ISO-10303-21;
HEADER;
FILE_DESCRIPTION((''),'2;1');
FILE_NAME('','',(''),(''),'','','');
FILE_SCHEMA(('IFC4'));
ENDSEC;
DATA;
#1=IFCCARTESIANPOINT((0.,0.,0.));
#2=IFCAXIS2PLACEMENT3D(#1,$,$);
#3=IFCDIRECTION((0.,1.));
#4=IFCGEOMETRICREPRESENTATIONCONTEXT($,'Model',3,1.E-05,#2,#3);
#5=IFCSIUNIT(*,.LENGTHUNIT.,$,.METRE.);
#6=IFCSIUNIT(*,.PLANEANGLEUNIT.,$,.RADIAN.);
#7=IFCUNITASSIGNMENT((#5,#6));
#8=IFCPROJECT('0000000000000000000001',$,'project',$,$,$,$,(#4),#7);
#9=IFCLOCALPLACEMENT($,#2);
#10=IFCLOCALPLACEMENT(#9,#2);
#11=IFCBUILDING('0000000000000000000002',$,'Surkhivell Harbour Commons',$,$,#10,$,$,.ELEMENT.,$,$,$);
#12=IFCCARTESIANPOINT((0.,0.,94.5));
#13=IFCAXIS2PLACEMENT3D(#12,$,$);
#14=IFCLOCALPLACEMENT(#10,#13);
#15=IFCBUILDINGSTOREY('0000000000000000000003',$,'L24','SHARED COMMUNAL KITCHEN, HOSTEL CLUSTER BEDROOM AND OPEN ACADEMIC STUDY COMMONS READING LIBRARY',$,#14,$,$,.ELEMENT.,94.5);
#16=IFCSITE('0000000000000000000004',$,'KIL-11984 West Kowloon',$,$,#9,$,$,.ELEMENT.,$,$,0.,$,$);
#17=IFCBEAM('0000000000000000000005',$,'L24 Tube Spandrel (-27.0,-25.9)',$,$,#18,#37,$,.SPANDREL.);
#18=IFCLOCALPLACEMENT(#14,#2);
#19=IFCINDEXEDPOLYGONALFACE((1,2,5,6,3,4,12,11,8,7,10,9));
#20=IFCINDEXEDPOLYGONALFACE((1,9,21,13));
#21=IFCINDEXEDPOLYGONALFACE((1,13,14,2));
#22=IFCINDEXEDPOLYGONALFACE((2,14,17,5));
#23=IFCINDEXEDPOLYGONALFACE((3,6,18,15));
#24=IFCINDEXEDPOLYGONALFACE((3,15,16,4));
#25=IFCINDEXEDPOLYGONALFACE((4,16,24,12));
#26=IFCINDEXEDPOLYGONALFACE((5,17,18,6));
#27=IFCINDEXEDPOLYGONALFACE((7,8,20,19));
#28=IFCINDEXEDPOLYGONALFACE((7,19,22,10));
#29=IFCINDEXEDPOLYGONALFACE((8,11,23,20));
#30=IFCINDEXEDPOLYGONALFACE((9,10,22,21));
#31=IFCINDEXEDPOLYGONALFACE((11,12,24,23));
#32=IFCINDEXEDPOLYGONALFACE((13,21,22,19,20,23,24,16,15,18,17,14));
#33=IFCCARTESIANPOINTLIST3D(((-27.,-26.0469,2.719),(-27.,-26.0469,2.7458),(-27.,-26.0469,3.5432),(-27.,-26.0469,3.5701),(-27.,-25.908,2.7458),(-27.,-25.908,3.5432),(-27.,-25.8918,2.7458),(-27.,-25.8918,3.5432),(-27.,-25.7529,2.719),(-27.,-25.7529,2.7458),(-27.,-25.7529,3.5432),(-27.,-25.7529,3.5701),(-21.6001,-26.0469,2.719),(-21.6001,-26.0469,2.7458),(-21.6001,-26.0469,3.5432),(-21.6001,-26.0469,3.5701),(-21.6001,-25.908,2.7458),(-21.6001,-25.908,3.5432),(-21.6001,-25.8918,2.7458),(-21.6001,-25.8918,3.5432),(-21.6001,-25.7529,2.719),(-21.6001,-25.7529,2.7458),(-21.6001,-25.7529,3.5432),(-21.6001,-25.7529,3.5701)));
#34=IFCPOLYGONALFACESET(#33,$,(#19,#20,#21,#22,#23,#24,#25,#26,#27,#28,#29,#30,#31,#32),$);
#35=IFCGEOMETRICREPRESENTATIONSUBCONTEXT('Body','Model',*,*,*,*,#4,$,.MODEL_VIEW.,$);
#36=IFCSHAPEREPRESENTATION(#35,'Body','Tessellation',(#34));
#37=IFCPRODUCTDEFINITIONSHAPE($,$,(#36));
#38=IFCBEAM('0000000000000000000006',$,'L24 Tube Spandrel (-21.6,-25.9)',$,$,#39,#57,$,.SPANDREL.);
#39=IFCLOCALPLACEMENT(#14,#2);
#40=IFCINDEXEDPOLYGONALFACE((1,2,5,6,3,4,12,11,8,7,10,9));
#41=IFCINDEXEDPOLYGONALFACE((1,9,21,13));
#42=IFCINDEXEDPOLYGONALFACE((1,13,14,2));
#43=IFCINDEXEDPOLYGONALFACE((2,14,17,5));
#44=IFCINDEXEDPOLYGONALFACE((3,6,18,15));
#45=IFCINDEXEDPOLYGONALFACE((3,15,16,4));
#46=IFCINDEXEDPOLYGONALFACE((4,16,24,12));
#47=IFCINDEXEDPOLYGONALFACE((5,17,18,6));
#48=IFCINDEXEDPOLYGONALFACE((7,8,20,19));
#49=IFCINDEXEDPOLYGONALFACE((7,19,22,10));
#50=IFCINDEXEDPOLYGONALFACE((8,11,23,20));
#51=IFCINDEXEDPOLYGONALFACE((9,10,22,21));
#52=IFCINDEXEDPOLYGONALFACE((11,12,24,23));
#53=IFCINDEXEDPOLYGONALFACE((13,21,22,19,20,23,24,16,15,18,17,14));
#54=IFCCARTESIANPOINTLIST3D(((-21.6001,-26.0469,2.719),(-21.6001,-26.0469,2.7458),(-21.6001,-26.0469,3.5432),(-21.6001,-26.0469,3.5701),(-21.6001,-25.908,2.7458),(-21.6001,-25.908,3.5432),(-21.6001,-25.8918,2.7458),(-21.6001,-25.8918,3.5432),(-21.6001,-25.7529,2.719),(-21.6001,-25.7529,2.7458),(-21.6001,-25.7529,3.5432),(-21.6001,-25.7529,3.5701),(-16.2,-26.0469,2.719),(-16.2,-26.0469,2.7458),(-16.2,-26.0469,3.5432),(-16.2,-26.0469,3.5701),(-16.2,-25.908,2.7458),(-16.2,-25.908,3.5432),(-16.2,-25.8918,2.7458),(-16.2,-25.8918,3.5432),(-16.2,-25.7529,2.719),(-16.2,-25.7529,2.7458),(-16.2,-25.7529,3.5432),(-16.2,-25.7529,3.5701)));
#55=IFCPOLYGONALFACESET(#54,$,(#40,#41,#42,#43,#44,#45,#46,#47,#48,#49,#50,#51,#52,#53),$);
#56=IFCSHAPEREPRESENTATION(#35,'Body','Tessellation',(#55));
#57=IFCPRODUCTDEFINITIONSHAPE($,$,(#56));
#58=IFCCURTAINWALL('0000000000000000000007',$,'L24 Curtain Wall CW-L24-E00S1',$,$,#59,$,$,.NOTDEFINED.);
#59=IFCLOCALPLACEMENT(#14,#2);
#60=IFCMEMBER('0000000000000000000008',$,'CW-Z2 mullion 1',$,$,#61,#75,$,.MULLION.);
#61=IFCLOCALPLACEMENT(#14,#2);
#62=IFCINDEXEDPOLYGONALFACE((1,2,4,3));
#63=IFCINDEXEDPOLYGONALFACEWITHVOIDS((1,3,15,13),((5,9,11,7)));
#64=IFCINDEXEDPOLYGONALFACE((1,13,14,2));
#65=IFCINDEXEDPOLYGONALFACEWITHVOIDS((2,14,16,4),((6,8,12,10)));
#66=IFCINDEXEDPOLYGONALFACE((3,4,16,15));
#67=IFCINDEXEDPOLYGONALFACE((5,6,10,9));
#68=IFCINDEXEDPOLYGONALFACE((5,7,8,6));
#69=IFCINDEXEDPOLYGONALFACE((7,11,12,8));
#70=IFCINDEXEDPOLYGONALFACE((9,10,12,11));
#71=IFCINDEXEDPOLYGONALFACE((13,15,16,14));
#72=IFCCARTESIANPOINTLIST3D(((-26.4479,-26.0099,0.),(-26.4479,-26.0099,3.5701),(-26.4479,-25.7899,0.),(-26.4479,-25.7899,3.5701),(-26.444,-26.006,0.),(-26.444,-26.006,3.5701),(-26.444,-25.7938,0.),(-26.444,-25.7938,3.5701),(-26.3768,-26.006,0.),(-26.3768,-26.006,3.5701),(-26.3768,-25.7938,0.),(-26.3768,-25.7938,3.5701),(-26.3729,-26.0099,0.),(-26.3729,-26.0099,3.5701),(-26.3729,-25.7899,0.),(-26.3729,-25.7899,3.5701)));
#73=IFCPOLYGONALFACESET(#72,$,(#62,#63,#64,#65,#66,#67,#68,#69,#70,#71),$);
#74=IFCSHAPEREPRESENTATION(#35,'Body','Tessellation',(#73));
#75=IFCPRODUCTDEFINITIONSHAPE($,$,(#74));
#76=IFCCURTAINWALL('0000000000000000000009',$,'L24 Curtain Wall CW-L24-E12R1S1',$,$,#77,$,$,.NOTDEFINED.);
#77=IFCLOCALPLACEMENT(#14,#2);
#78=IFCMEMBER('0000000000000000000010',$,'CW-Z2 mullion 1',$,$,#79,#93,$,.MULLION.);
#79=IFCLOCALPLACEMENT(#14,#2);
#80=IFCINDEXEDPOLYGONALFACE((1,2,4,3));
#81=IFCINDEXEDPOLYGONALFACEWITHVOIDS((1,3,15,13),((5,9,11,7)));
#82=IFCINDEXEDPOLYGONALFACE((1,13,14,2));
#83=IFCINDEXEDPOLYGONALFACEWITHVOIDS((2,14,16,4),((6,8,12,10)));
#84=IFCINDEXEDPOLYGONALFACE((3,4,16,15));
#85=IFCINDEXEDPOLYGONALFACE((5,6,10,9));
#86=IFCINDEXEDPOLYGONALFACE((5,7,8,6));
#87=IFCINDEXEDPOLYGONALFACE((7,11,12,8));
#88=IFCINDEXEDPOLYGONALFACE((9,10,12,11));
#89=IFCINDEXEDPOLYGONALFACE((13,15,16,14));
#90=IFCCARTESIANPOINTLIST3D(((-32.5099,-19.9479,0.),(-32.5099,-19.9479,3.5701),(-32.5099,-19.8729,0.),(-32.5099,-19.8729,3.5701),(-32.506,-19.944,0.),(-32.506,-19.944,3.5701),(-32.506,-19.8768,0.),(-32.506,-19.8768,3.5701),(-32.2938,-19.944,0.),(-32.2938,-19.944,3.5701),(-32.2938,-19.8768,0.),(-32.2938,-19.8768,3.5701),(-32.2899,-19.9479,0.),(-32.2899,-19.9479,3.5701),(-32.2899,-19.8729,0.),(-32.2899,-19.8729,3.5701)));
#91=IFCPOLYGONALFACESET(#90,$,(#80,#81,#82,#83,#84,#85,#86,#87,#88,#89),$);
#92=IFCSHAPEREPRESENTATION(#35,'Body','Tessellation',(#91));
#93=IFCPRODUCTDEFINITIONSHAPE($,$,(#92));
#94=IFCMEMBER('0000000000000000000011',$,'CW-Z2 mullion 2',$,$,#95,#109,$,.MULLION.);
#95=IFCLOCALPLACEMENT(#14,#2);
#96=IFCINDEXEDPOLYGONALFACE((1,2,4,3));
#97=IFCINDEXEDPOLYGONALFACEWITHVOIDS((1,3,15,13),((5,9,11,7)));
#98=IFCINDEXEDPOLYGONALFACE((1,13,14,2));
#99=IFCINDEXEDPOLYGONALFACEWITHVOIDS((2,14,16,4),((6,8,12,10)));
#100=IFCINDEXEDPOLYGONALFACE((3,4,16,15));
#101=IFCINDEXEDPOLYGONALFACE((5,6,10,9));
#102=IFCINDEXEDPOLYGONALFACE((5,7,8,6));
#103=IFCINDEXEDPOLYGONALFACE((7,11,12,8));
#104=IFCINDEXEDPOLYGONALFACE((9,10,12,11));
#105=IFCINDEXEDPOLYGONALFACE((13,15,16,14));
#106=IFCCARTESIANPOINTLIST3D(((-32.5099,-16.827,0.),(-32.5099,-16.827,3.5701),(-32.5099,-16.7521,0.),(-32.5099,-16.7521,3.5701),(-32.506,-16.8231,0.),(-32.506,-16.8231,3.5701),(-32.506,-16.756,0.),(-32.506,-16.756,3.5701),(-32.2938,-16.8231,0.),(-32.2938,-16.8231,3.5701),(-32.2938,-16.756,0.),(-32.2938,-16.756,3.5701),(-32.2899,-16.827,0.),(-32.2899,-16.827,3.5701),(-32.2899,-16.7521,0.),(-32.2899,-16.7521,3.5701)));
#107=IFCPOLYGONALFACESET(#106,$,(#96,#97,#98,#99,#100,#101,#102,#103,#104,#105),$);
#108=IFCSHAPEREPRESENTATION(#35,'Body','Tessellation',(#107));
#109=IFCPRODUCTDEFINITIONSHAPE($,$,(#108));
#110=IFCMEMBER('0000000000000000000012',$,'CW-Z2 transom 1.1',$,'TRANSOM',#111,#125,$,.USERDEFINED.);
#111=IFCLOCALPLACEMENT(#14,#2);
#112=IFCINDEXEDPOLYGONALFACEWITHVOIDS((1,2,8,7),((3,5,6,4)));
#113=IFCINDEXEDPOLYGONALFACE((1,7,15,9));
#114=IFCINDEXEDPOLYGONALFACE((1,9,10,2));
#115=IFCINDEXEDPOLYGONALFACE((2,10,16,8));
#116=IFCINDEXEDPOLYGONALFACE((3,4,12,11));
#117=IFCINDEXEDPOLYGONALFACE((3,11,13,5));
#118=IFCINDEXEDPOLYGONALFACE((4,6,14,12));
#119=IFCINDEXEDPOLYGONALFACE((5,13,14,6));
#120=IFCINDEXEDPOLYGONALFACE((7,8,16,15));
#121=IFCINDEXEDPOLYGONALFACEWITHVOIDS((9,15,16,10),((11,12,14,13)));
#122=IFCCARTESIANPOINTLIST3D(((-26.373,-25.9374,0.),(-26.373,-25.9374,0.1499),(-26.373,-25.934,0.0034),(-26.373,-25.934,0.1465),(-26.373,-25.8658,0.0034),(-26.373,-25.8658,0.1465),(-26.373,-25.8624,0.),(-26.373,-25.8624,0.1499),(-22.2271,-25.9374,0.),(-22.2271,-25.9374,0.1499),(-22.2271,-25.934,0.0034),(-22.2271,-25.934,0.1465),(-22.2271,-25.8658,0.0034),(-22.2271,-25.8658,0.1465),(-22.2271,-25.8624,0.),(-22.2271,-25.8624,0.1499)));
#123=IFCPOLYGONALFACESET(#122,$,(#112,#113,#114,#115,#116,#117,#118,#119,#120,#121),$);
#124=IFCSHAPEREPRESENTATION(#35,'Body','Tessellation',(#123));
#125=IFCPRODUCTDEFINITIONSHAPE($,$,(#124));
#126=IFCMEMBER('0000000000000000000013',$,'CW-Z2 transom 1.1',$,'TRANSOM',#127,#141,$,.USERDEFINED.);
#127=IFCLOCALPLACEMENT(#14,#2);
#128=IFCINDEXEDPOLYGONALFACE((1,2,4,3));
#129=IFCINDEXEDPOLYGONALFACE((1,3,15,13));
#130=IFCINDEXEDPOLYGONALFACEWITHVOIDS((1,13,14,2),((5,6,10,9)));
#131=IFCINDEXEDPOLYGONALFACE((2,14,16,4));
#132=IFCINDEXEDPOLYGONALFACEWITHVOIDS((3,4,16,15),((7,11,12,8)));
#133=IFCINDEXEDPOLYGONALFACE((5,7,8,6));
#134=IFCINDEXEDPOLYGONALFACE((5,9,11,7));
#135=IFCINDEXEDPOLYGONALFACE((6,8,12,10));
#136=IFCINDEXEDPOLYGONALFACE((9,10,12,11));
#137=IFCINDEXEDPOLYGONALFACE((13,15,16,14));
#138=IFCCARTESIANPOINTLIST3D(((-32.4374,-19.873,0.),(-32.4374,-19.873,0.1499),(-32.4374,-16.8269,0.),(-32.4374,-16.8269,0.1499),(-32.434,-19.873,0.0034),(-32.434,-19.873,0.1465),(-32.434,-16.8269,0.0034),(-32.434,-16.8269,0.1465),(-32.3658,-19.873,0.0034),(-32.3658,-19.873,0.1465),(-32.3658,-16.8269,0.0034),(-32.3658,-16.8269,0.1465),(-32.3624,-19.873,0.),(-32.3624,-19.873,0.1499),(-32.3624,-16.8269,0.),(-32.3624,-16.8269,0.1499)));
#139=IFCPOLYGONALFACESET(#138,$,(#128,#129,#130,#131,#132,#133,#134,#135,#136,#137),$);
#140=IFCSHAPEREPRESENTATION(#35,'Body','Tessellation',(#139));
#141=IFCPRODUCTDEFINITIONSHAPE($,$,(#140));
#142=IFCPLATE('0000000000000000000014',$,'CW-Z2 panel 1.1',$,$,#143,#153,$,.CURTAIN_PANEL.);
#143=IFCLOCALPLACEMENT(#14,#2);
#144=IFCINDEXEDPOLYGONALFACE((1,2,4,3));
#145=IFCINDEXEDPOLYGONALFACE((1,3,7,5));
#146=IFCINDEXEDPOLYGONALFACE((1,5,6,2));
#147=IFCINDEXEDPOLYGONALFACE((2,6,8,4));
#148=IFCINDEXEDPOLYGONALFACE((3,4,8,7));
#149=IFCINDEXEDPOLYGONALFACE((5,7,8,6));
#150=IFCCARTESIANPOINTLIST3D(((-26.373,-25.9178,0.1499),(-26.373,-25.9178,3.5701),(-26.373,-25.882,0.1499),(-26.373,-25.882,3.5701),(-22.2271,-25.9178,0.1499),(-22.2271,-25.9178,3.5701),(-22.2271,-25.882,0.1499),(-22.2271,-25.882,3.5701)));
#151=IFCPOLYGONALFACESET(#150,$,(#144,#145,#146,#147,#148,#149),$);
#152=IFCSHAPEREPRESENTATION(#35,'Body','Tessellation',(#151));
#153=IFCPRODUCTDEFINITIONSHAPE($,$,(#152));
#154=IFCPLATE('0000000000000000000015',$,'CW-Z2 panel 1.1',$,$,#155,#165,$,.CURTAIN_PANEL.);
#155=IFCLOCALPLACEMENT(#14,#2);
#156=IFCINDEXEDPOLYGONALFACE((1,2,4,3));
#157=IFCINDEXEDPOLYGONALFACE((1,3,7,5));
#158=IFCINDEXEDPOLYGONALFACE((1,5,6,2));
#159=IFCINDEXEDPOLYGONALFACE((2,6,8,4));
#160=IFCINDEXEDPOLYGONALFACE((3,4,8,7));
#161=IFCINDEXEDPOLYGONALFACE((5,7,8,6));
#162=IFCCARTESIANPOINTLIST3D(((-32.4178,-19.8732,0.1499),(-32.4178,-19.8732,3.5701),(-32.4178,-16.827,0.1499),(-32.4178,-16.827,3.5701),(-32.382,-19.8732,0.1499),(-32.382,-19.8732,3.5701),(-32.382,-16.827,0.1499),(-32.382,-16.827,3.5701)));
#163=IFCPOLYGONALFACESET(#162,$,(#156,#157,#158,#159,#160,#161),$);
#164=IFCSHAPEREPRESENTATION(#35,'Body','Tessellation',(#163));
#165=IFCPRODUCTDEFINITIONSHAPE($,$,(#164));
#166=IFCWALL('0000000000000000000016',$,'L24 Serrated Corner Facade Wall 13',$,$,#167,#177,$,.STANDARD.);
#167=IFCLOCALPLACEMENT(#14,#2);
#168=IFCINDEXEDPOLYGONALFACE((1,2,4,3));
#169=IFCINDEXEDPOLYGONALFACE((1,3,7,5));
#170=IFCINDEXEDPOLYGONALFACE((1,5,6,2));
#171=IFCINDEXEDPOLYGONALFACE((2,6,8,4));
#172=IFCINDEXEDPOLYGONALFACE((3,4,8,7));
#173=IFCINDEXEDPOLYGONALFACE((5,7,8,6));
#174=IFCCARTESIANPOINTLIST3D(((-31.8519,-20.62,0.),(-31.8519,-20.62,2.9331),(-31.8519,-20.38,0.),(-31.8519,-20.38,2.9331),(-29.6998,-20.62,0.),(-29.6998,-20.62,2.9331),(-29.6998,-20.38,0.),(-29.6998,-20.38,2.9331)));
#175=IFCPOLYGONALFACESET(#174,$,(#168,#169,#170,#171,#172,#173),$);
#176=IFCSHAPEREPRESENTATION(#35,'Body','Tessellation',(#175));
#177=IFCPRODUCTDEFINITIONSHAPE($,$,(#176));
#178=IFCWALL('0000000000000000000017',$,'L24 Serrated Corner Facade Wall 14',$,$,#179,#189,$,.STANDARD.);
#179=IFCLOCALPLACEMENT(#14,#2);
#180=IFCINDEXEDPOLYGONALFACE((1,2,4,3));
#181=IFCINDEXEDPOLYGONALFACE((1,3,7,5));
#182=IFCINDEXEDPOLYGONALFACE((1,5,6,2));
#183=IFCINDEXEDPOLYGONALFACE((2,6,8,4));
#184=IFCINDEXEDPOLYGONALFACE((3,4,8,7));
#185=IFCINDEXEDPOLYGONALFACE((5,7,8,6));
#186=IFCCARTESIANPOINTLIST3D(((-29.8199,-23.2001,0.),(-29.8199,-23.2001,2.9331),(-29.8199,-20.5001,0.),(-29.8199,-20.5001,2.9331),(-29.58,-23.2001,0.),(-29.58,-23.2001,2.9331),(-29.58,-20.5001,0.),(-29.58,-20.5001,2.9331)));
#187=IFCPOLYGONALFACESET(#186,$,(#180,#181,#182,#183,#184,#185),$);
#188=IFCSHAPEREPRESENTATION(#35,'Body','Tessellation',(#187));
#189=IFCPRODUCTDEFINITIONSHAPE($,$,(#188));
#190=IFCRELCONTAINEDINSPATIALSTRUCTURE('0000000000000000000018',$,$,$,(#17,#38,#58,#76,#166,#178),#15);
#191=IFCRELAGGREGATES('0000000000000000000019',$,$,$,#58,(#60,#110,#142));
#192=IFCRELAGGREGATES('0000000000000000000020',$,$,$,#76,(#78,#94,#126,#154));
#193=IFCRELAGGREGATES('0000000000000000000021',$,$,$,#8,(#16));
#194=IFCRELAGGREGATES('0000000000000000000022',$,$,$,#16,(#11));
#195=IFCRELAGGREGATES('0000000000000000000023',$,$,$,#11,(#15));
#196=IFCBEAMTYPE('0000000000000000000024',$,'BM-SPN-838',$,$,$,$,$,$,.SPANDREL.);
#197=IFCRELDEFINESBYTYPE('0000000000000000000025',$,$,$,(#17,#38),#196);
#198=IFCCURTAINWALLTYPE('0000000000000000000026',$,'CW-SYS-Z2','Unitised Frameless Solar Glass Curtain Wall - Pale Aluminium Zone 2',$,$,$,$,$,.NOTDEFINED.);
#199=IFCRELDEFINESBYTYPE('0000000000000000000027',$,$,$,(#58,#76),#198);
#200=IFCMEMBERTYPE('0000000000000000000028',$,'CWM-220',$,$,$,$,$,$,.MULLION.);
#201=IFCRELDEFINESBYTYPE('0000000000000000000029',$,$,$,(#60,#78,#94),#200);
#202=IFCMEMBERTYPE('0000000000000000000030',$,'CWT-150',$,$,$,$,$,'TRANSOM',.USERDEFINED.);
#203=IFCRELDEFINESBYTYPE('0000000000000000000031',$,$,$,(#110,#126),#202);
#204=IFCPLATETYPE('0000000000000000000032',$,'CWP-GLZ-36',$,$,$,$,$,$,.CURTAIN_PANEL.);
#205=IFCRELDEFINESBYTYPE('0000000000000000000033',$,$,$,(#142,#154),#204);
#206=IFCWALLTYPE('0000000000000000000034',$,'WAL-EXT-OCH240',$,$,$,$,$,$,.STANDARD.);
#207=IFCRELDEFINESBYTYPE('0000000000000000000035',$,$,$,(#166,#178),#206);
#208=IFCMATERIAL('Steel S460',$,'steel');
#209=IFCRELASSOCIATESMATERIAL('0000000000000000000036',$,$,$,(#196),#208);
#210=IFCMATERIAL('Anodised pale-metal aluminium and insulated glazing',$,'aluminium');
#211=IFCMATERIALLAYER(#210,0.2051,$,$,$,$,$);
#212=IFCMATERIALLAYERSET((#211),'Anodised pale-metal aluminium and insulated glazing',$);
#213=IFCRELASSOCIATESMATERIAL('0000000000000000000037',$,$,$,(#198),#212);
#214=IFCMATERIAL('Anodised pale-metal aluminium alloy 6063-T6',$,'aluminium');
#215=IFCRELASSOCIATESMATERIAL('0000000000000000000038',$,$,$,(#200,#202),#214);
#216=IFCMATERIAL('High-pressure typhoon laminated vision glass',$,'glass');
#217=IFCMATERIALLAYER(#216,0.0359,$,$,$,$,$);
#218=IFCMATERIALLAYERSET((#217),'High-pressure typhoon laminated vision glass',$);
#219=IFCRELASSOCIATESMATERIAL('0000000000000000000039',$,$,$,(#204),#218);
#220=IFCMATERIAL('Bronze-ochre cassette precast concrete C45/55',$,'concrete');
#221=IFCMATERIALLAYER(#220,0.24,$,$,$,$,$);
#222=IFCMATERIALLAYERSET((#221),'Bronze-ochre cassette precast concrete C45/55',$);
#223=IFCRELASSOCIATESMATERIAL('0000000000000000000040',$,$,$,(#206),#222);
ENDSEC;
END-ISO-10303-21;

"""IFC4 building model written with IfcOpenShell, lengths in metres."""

from ifc_helpers import new_model, si_unit, direction, frame, frame_2d, origin, origin_2d, place, context, subcontext, project, spatial, rectangle, hollow_rectangle, i_section, extrude, material, layer, layer_set, material_profile, profile_set, type_object, element, aggregate, save


model = new_model("IFC4")

# Units and contexts
model_context = context("Model", 3, precision=1e-05, world=origin(), true_north=direction((0.0, 1.0)))
body_context = subcontext(model_context, "Body", "Model", "MODEL_VIEW")
ifc_project = project(units=[si_unit("LENGTHUNIT", "METRE"), si_unit("PLANEANGLEUNIT", "RADIAN")], contexts=[model_context])

# Site, building, storey
site_placement = place(None, origin())
site = spatial("IfcSite", under=ifc_project, at=site_placement, Name="KIL-11984 West Kowloon", CompositionType="ELEMENT", RefElevation=0.0)
building_placement = place(site_placement, origin())
building = spatial("IfcBuilding", under=site, at=building_placement, Name="Surkhivell Harbour Commons", CompositionType="ELEMENT")
storey_placement = place(building_placement, frame((0.0, 0.0, 94.5)))
storey = spatial("IfcBuildingStorey", under=building, at=storey_placement, Name="L24", Description="SHARED COMMUNAL KITCHEN, HOSTEL CLUSTER BEDROOM AND OPEN ACADEMIC STUDY COMMONS READING LIBRARY", CompositionType="ELEMENT", Elevation=94.5)

# Beams
ifc_material_1 = material(Name="Steel S460", Category="steel")
ifc_material_profile_1 = material_profile(ifc_material_1, i_section(OverallWidth=0.2939, OverallDepth=0.8511, WebThickness=0.0161, FlangeThickness=0.0269, at=origin_2d()), Name="UB838x292x226")
ifc_profile_set_1 = profile_set([ifc_material_profile_1], Name="Steel S460")
beam_type_1 = type_object("IfcBeamType", Name="BM-SPN-838", PredefinedType="SPANDREL", material=ifc_profile_set_1)
for number, where, z_axis, x_axis, name in (
    (1, (-27.0, -25.8999, 3.1445), (1.0, 0.0, 0.0), (0.0, 1.0, 0.0), "L24 Tube Spandrel (-27.0,-25.9)"),
):
    element("IfcBeam", number, at=place(storey_placement, frame(where, z_axis=z_axis, x_axis=x_axis)), inside=storey, type_object=beam_type_1, Name=name, PredefinedType="SPANDREL", context=body_context, shape_type="SweptSolid", body=[
        extrude(i_section(OverallWidth=0.2939, OverallDepth=0.8511, WebThickness=0.0161, FlangeThickness=0.0269, at=origin_2d()), origin(), (0.0, 0.0, 1.0), 5.3999),
    ])
beam_1_placement = place(storey_placement, frame((-21.6001, -25.8999, 3.1445), z_axis=(1.0, 0.0, 0.0), x_axis=(0.0, 1.0, 0.0)))
element("IfcBeam", 2, at=beam_1_placement, inside=storey, type_object=beam_type_1, Name="L24 Tube Spandrel (-21.6,-25.9)", PredefinedType="SPANDREL", context=body_context, shape_type="SweptSolid", body=[
    extrude(i_section(OverallWidth=0.2939, OverallDepth=0.8511, WebThickness=0.0161, FlangeThickness=0.0269, at=origin_2d()), origin(), (0.0, 0.0, 1.0), 5.4001),
])

# Curtain wall, member
ifc_material_2 = material(Name="Anodised pale-metal aluminium and insulated glazing", Category="aluminium")
ifc_layer_1 = layer(ifc_material_2, 0.2051)
ifc_layer_set_1 = layer_set([ifc_layer_1], Name="Anodised pale-metal aluminium and insulated glazing")
curtain_wall_type = type_object("IfcCurtainWallType", Name="CW-SYS-Z2", Description="Unitised Frameless Solar Glass Curtain Wall - Pale Aluminium Zone 2", PredefinedType="NOTDEFINED", material=ifc_layer_set_1)
curtain_wall_1_placement = place(storey_placement, origin())
curtain_wall_1 = element("IfcCurtainWall", 3, at=curtain_wall_1_placement, inside=storey, type_object=curtain_wall_type, Name="L24 Curtain Wall CW-L24-E00S1", PredefinedType="NOTDEFINED")
ifc_material_3 = material(Name="Anodised pale-metal aluminium alloy 6063-T6", Category="aluminium")
ifc_material_profile_2 = material_profile(ifc_material_3, hollow_rectangle(XDim=0.075, YDim=0.22, WallThickness=0.0039, at=origin_2d()), Name="ALU-MULL-75x220")
ifc_profile_set_2 = profile_set([ifc_material_profile_2], Name="Anodised pale-metal aluminium alloy 6063-T6")
member_type_1 = type_object("IfcMemberType", Name="CWM-220", PredefinedType="MULLION", material=ifc_profile_set_2)
member_1_placement = place(storey_placement, frame((-26.4104, -25.8999, 0.0), z_axis=(0.0, 0.0, 1.0), x_axis=(1.0, 0.0, 0.0)))
member_1 = element("IfcMember", 4, at=member_1_placement, type_object=member_type_1, Name="CW-Z2 mullion 1", PredefinedType="MULLION", context=body_context, shape_type="SweptSolid", body=[
    extrude(hollow_rectangle(XDim=0.075, YDim=0.22, WallThickness=0.0039, at=origin_2d()), origin(), (0.0, 0.0, 1.0), 3.5701),
])

# Curtain wall, members
curtain_wall_2_placement = place(storey_placement, origin())
curtain_wall_2 = element("IfcCurtainWall", 5, at=curtain_wall_2_placement, inside=storey, type_object=curtain_wall_type, Name="L24 Curtain Wall CW-L24-E12R1S1", PredefinedType="NOTDEFINED")
member_2_placement = place(storey_placement, frame((-32.3999, -19.9104, 0.0), z_axis=(0.0, 0.0, 1.0), x_axis=(0.0, 1.0, 0.0)))
member_2 = element("IfcMember", 6, at=member_2_placement, type_object=member_type_1, Name="CW-Z2 mullion 1", PredefinedType="MULLION", context=body_context, shape_type="SweptSolid", body=[
    extrude(hollow_rectangle(XDim=0.075, YDim=0.22, WallThickness=0.0039, at=origin_2d()), origin(), (0.0, 0.0, 1.0), 3.5701),
])
member_3_placement = place(storey_placement, frame((-32.3999, -16.7896, 0.0), z_axis=(0.0, 0.0, 1.0), x_axis=(0.0, 1.0, 0.0)))
member_3 = element("IfcMember", 7, at=member_3_placement, type_object=member_type_1, Name="CW-Z2 mullion 2", PredefinedType="MULLION", context=body_context, shape_type="SweptSolid", body=[
    extrude(hollow_rectangle(XDim=0.075, YDim=0.22, WallThickness=0.0039, at=origin_2d()), origin(), (0.0, 0.0, 1.0), 3.5701),
])

# Members
ifc_material_profile_3 = material_profile(ifc_material_3, hollow_rectangle(XDim=0.075, YDim=0.1499, WallThickness=0.0034, at=origin_2d()), Name="ALU-TRAN-75x150")
ifc_profile_set_3 = profile_set([ifc_material_profile_3], Name="Anodised pale-metal aluminium alloy 6063-T6")
member_type_2 = type_object("IfcMemberType", Name="CWT-150", ElementType="TRANSOM", PredefinedType="USERDEFINED", material=ifc_profile_set_3)
member_4_placement = place(storey_placement, frame((-26.373, -25.8999, 0.075), z_axis=(1.0, 0.0, 0.0), x_axis=(0.0, 1.0, 0.0)))
member_4 = element("IfcMember", 8, at=member_4_placement, type_object=member_type_2, Name="CW-Z2 transom 1.1", ObjectType="TRANSOM", PredefinedType="USERDEFINED", context=body_context, shape_type="SweptSolid", body=[
    extrude(hollow_rectangle(XDim=0.075, YDim=0.1499, WallThickness=0.0034, at=origin_2d()), origin(), (0.0, 0.0, 1.0), 4.146),
])
member_5_placement = place(storey_placement, frame((-32.3999, -19.873, 0.075), z_axis=(0.0, 1.0, 0.0), x_axis=(-1.0, 0.0, 0.0)))
member_5 = element("IfcMember", 9, at=member_5_placement, type_object=member_type_2, Name="CW-Z2 transom 1.1", ObjectType="TRANSOM", PredefinedType="USERDEFINED", context=body_context, shape_type="SweptSolid", body=[
    extrude(hollow_rectangle(XDim=0.075, YDim=0.1499, WallThickness=0.0034, at=origin_2d()), origin(), (0.0, 0.0, 1.0), 3.0461),
])

# Plates
ifc_material_4 = material(Name="High-pressure typhoon laminated vision glass", Category="glass")
ifc_layer_2 = layer(ifc_material_4, 0.0359)
ifc_layer_set_2 = layer_set([ifc_layer_2], Name="High-pressure typhoon laminated vision glass")
plate_type = type_object("IfcPlateType", Name="CWP-GLZ-36", PredefinedType="CURTAIN_PANEL", material=ifc_layer_set_2)
plate_1_placement = place(storey_placement, frame((-26.373, -25.8999, 0.1499), z_axis=(0.0, 0.0, 1.0), x_axis=(1.0, 0.0, 0.0)))
plate_1 = element("IfcPlate", 10, at=plate_1_placement, type_object=plate_type, Name="CW-Z2 panel 1.1", PredefinedType="CURTAIN_PANEL", context=body_context, shape_type="SweptSolid", body=[
    extrude(rectangle(XDim=4.146, YDim=0.0359, at=frame_2d((2.073, 0.0))), origin(), (0.0, 0.0, 1.0), 3.4202),
])
aggregate(curtain_wall_1, [member_1, member_4, plate_1])
plate_2_placement = place(storey_placement, frame((-32.3999, -19.873, 0.1499), z_axis=(0.0, 0.0, 1.0), x_axis=(0.0, 1.0, 0.0)))
plate_2 = element("IfcPlate", 11, at=plate_2_placement, type_object=plate_type, Name="CW-Z2 panel 1.1", PredefinedType="CURTAIN_PANEL", context=body_context, shape_type="SweptSolid", body=[
    extrude(rectangle(XDim=3.0461, YDim=0.0359, at=frame_2d((1.5229, 0.0))), origin(), (0.0, 0.0, 1.0), 3.4202),
])
aggregate(curtain_wall_2, [member_2, member_3, member_5, plate_2])

# Walls
ifc_material_5 = material(Name="Bronze-ochre cassette precast concrete C45/55", Category="concrete")
ifc_layer_3 = layer(ifc_material_5, 0.24)
ifc_layer_set_3 = layer_set([ifc_layer_3], Name="Bronze-ochre cassette precast concrete C45/55")
wall_type = type_object("IfcWallType", Name="WAL-EXT-OCH240", PredefinedType="STANDARD", material=ifc_layer_set_3)
wall_1_placement = place(storey_placement, frame((-31.8521, -20.5, 0.0), z_axis=(0.0, 0.0, 1.0), x_axis=(1.0, 0.0, 0.0)))
element("IfcWall", 12, at=wall_1_placement, inside=storey, type_object=wall_type, Name="L24 Serrated Corner Facade Wall 13", PredefinedType="STANDARD", context=body_context, shape_type="SweptSolid", body=[
    extrude(rectangle(XDim=2.1521, YDim=0.24, at=frame_2d((1.0762, 0.0))), origin(), (0.0, 0.0, 1.0), 2.9331),
])
for number, where, z_axis, x_axis, name in (
    (13, (-29.7, -20.5, 0.0), (0.0, 0.0, 1.0), (0.0, -1.0, 0.0), "L24 Serrated Corner Facade Wall 14"),
):
    element("IfcWall", number, at=place(storey_placement, frame(where, z_axis=z_axis, x_axis=x_axis)), inside=storey, type_object=wall_type, Name=name, PredefinedType="STANDARD", context=body_context, shape_type="SweptSolid", body=[
        extrude(rectangle(XDim=2.7, YDim=0.24, at=frame_2d((1.3501, 0.0))), origin(), (0.0, 0.0, 1.0), 2.9331),
    ])

save(model, "model.ifc")
